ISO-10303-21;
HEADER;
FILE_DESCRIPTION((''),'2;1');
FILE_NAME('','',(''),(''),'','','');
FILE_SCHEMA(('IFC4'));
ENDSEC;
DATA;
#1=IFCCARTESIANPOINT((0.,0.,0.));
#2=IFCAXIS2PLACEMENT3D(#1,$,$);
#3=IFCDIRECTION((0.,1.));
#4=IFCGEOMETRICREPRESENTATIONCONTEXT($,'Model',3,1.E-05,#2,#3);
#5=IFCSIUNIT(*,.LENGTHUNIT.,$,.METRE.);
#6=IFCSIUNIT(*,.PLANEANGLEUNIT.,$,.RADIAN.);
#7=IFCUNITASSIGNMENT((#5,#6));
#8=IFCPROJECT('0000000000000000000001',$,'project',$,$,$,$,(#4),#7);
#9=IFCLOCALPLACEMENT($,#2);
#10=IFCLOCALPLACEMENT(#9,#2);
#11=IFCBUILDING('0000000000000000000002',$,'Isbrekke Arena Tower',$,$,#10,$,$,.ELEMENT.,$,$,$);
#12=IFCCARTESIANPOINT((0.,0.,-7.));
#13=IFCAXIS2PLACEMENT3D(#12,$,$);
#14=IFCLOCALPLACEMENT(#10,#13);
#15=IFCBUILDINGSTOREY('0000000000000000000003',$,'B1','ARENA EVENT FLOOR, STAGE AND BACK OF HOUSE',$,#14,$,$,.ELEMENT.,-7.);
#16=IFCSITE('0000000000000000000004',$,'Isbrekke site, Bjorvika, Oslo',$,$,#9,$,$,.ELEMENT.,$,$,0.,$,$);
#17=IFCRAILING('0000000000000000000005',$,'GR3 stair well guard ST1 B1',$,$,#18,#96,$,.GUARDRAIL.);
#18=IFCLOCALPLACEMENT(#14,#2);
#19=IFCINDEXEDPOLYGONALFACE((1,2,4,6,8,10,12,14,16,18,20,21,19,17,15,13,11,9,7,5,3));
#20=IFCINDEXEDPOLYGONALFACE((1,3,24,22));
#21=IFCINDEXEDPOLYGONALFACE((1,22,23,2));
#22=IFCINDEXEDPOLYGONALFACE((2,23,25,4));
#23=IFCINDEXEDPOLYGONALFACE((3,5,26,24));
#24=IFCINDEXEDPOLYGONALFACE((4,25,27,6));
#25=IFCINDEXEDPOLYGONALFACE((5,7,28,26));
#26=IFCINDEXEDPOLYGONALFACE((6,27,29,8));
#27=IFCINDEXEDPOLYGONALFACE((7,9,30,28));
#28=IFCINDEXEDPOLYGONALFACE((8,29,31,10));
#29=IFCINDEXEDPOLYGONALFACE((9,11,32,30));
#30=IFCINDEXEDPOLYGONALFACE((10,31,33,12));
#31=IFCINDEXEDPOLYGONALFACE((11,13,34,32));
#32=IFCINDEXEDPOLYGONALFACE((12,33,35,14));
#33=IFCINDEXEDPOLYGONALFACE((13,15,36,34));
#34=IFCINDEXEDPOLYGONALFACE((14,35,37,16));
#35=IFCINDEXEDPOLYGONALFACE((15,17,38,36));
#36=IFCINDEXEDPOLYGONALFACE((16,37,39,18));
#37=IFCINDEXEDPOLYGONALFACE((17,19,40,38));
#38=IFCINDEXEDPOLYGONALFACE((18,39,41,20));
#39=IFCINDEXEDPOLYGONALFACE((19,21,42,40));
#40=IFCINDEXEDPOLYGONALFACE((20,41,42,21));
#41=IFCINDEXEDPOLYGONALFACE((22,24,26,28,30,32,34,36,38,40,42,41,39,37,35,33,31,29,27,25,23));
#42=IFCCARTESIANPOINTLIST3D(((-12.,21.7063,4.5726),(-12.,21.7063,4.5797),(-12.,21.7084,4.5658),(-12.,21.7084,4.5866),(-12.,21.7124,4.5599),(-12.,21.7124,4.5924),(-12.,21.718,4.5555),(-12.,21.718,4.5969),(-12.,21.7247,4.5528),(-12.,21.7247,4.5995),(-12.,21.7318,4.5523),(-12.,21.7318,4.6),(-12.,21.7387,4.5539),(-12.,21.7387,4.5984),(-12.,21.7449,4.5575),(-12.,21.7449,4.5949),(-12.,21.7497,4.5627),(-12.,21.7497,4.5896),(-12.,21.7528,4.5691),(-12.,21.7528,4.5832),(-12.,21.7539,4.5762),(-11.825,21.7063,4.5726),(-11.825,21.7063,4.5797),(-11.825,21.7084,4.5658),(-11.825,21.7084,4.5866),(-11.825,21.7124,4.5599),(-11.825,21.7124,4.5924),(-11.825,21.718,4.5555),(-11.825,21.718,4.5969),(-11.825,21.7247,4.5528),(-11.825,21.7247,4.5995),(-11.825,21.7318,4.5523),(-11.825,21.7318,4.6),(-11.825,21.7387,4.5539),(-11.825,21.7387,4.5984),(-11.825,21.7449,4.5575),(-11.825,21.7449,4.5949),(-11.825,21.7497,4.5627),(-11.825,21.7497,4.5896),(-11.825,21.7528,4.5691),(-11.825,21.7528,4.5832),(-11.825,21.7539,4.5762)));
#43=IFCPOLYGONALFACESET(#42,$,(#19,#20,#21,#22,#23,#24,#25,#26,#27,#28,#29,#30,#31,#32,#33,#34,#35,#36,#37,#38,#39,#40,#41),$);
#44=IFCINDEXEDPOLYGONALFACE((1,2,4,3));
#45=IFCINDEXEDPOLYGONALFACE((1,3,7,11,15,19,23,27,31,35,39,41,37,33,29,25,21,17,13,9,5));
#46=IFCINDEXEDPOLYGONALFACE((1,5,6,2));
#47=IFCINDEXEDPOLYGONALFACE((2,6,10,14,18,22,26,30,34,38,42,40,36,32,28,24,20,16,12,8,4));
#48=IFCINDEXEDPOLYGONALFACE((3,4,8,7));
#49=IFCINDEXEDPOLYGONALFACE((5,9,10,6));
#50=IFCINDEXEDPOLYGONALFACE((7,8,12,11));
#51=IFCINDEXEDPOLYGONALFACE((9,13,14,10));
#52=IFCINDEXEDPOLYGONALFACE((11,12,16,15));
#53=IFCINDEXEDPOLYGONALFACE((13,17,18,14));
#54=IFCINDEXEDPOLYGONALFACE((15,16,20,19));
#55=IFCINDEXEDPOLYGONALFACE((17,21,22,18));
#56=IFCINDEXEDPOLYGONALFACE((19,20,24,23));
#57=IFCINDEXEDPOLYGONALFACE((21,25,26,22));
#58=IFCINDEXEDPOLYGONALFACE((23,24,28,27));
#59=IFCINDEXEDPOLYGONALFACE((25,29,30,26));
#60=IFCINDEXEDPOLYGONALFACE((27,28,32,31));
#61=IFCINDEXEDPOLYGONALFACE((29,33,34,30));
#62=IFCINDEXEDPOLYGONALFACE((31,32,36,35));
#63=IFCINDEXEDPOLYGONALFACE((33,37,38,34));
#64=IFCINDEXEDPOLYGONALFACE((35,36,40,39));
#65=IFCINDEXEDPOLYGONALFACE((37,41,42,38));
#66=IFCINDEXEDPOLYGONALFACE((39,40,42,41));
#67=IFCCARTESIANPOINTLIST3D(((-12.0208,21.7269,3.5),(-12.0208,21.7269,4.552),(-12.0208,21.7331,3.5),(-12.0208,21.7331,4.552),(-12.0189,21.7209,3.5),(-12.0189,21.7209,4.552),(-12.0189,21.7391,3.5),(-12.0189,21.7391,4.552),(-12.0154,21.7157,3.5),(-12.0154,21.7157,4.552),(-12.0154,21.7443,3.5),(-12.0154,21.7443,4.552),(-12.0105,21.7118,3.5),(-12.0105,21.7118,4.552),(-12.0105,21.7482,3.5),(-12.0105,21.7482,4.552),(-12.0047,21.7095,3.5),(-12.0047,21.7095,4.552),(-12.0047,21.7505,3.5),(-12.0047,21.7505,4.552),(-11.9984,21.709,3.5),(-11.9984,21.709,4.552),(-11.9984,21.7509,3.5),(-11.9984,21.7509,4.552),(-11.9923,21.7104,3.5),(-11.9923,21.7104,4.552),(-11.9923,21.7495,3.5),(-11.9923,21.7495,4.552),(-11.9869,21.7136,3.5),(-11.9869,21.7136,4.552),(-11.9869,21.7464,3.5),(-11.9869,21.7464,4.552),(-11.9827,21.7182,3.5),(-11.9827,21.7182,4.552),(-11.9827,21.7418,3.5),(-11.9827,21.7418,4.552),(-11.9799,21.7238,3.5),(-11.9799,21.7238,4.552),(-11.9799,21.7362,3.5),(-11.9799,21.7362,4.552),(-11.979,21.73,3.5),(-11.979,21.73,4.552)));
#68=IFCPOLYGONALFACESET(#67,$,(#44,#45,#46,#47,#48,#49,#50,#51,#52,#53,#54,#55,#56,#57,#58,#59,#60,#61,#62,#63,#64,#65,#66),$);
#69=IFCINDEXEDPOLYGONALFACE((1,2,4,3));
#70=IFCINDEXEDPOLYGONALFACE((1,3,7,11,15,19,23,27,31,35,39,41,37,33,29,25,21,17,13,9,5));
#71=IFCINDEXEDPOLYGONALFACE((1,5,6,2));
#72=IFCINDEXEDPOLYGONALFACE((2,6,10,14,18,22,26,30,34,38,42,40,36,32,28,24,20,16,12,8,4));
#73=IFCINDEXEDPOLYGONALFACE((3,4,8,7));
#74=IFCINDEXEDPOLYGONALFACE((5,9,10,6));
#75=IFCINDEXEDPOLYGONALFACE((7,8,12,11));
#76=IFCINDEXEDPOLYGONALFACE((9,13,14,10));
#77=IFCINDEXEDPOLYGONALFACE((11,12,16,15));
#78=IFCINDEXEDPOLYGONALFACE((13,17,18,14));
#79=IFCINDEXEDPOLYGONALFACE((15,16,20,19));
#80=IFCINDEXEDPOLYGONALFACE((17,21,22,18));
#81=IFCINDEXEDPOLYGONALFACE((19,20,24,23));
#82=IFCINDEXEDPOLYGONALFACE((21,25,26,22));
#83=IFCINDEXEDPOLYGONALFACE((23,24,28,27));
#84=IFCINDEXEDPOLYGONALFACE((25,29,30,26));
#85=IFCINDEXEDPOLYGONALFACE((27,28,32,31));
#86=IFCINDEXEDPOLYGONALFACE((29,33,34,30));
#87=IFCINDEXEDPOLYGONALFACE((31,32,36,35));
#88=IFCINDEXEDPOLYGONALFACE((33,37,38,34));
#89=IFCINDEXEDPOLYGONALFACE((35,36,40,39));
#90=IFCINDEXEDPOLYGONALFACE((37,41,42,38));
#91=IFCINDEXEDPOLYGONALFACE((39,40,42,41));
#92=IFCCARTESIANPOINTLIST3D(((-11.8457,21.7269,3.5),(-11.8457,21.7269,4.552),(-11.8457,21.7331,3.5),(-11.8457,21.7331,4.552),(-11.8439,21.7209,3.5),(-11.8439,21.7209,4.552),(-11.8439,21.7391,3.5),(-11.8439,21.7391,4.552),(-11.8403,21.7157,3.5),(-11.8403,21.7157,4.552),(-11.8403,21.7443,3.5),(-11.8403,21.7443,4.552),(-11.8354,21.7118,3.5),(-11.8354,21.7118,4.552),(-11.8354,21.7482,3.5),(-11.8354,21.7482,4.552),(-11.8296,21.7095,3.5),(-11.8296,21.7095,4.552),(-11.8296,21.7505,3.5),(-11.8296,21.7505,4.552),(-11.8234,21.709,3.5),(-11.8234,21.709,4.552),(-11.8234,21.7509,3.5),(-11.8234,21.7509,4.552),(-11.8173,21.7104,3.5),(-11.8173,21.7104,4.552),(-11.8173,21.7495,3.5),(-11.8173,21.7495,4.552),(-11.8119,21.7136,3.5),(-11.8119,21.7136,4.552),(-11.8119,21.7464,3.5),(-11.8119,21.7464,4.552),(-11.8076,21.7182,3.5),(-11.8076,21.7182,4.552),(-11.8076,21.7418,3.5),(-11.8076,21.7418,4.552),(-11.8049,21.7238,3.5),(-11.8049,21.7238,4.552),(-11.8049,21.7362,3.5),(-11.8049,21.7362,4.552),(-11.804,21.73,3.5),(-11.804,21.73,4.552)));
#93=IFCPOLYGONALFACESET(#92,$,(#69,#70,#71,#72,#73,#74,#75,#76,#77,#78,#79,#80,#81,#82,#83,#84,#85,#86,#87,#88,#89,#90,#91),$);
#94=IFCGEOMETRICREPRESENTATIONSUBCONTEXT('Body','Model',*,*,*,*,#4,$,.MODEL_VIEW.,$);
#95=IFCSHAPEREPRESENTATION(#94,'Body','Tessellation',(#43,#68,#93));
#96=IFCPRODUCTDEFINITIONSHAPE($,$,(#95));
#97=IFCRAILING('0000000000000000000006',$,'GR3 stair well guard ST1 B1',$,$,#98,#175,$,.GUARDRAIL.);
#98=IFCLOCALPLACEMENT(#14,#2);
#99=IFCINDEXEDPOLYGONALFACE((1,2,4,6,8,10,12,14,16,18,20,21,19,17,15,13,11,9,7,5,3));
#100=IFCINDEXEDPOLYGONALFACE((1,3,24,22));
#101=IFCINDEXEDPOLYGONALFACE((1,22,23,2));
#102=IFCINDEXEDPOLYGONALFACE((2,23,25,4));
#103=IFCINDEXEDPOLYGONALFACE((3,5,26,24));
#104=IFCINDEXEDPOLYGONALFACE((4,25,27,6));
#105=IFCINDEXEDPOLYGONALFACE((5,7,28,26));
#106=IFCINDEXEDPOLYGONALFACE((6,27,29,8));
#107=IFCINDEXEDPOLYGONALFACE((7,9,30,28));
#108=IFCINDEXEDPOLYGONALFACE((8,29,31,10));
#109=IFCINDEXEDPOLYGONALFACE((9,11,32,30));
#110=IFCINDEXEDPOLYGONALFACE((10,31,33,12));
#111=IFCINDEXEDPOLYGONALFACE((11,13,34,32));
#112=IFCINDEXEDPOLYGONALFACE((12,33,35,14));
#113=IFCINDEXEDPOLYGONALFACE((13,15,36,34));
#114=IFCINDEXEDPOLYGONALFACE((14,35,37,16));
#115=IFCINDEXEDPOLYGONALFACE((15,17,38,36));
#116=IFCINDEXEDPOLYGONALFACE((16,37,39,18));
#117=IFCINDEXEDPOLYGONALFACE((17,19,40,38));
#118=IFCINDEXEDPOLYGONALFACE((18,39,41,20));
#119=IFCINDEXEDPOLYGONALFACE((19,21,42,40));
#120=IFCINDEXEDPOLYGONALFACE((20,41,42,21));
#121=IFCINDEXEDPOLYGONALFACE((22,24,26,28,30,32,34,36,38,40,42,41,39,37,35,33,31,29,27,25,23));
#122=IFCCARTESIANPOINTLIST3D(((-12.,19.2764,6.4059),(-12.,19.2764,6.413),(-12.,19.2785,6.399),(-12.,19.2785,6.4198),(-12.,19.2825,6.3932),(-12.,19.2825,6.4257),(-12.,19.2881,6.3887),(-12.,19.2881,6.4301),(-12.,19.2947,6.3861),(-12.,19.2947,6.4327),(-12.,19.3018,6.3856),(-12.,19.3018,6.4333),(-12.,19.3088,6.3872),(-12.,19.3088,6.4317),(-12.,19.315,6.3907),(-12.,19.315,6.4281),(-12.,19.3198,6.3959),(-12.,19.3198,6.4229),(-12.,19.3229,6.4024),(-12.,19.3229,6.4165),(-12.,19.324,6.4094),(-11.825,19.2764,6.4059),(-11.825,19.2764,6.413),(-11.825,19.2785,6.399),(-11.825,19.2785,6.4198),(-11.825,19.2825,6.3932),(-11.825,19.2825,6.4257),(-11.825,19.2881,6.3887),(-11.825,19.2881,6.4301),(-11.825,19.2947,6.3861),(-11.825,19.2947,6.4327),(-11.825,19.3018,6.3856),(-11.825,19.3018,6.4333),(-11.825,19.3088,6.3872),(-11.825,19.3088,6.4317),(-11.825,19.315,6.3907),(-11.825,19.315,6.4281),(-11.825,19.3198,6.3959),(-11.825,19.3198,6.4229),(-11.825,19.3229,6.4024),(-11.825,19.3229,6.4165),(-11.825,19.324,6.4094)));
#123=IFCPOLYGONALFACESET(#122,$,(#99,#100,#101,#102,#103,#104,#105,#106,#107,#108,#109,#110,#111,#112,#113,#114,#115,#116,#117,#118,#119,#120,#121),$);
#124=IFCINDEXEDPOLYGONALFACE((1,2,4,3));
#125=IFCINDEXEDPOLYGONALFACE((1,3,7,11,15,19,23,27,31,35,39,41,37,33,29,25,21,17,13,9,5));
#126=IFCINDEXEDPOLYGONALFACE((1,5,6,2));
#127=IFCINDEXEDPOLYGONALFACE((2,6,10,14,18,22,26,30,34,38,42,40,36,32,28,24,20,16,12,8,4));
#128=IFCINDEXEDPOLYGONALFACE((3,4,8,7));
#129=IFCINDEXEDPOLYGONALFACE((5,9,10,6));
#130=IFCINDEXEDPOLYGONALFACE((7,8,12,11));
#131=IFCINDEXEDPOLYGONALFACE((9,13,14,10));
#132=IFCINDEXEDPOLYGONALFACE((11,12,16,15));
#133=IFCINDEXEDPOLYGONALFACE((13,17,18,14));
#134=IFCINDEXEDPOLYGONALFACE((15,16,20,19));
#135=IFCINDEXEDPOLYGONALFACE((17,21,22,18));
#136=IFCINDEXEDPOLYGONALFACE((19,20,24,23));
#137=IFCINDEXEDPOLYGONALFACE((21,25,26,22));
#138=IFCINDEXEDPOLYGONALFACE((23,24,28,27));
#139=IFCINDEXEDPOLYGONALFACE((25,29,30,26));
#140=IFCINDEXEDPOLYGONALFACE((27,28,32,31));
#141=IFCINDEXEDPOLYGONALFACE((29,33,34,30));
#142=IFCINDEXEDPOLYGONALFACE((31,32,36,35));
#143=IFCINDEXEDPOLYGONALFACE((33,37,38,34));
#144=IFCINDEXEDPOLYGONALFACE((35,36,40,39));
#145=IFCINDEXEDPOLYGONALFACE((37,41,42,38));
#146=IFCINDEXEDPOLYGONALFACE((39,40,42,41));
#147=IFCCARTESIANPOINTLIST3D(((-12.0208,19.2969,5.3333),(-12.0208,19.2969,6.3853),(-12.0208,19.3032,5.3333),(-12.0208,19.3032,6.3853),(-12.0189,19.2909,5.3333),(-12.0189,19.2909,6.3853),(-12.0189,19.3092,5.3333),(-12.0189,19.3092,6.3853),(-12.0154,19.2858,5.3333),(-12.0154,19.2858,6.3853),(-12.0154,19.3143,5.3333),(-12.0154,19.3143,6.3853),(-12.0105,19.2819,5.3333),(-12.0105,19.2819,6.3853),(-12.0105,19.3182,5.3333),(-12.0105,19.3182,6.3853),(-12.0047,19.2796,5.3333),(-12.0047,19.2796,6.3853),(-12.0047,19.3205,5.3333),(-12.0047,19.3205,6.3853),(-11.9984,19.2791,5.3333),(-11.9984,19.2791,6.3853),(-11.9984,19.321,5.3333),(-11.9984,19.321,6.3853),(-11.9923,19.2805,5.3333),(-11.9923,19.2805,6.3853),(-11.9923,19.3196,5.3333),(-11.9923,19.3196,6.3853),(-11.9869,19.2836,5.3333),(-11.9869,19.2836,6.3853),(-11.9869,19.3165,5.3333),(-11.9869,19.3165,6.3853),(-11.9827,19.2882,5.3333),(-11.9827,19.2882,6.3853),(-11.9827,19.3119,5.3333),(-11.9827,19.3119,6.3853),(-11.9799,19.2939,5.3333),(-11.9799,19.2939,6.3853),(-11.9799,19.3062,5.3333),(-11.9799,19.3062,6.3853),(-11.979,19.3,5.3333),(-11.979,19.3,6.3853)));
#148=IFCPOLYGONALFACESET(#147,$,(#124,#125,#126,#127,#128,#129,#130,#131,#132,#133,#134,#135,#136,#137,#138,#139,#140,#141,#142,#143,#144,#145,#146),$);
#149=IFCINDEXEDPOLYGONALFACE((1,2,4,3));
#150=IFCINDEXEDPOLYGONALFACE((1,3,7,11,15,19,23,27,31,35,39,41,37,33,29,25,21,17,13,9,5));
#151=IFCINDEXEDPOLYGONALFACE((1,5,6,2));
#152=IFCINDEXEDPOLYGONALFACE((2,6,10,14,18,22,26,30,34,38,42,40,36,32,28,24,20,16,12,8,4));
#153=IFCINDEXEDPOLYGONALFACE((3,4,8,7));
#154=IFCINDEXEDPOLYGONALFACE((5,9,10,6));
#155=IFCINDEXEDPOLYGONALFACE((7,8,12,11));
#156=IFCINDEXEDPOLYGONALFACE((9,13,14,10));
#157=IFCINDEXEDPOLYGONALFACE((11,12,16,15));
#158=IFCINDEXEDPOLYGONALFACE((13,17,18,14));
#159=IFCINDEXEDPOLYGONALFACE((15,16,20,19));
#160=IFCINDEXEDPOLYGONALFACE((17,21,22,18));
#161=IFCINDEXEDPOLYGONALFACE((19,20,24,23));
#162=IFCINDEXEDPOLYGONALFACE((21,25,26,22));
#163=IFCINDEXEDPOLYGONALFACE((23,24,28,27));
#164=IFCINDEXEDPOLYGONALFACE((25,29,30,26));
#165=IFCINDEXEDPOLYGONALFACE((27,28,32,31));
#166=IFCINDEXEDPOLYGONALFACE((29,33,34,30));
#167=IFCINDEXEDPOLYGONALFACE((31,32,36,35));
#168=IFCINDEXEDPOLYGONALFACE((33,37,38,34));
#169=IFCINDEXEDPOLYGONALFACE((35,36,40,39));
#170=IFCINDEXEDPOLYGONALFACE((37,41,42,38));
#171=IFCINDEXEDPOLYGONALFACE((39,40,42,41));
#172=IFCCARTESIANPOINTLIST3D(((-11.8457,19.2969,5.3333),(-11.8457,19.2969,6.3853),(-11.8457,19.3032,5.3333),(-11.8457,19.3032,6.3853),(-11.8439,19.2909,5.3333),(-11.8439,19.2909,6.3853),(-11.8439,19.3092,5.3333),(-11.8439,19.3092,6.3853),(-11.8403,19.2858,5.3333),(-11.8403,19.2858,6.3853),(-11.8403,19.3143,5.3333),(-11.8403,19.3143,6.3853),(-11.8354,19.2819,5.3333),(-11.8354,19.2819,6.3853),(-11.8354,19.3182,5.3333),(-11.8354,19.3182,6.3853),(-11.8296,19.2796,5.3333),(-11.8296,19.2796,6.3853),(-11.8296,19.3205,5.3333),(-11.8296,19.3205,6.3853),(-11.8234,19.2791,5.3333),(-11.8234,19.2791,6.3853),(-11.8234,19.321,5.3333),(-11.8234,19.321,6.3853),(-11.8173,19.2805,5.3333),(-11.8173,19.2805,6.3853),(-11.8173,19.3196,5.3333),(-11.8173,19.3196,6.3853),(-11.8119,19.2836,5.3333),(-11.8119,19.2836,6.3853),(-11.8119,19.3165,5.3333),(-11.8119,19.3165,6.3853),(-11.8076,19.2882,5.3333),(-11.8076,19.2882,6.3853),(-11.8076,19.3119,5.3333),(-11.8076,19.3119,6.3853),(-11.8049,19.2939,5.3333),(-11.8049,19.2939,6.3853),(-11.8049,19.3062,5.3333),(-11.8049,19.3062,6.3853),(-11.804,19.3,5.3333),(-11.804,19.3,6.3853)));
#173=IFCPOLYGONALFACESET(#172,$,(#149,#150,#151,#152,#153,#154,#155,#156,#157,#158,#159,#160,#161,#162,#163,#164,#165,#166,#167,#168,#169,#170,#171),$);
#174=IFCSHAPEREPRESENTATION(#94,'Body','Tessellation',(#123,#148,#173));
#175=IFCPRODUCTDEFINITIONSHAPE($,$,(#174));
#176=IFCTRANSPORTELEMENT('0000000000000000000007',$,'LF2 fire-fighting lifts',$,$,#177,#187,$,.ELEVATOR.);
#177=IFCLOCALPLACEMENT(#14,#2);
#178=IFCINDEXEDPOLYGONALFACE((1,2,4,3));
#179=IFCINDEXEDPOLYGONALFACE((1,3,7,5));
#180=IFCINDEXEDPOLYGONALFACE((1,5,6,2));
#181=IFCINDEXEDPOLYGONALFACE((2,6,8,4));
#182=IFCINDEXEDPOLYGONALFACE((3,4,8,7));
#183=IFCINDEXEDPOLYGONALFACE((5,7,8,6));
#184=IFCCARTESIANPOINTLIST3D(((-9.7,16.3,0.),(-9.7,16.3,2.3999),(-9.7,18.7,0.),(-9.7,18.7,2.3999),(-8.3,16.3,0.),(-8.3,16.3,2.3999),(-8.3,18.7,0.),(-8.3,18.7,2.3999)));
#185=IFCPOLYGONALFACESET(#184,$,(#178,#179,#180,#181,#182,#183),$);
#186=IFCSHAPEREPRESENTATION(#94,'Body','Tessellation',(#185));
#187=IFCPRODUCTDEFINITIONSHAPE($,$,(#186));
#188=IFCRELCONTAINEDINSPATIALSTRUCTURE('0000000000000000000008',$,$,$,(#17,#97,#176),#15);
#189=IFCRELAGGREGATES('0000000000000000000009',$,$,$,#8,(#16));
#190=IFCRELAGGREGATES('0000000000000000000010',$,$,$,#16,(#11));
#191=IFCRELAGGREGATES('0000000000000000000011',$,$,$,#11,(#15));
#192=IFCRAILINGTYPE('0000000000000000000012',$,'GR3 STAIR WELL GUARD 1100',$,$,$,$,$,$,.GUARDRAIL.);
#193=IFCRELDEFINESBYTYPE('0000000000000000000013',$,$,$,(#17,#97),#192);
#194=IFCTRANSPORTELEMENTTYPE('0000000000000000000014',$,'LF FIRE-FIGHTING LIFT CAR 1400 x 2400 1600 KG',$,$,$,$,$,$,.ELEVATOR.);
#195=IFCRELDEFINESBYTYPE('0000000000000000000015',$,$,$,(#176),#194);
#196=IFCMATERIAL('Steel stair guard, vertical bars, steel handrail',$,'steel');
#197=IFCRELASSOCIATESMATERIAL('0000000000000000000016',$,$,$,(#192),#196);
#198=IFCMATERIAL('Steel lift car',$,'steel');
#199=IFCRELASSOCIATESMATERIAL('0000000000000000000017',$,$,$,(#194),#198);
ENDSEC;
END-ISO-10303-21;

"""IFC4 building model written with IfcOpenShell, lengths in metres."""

from ifc_helpers import new_model, si_unit, direction, frame, origin, origin_2d, place, context, subcontext, project, spatial, rectangle, circle, extrude, material, type_object, element, save


model = new_model("IFC4")

# Units and contexts
model_context = context("Model", 3, precision=1e-05, world=origin(), true_north=direction((0.0, 1.0)))
body_context = subcontext(model_context, "Body", "Model", "MODEL_VIEW")
ifc_project = project(units=[si_unit("LENGTHUNIT", "METRE"), si_unit("PLANEANGLEUNIT", "RADIAN")], contexts=[model_context])

# Site, building, storey
site_placement = place(None, origin())
site = spatial("IfcSite", under=ifc_project, at=site_placement, Name="Isbrekke site, Bjorvika, Oslo", CompositionType="ELEMENT", RefElevation=0.0)
building_placement = place(site_placement, origin())
building = spatial("IfcBuilding", under=site, at=building_placement, Name="Isbrekke Arena Tower", CompositionType="ELEMENT")
storey_placement = place(building_placement, frame((0.0, 0.0, -7.0)))
storey = spatial("IfcBuildingStorey", under=building, at=storey_placement, Name="B1", Description="ARENA EVENT FLOOR, STAGE AND BACK OF HOUSE", CompositionType="ELEMENT", Elevation=-7.0)

# Railings
ifc_material_1 = material(Name="Steel stair guard, vertical bars, steel handrail", Category="steel")
railing_type = type_object("IfcRailingType", Name="GR3 STAIR WELL GUARD 1100", PredefinedType="GUARDRAIL", material=ifc_material_1)
for number, where, name in (
    (1, (-12.0, 21.73, 3.5), "GR3 stair well guard ST1 B1"),
    (2, (-12.0, 19.3, 5.3333), "GR3 stair well guard ST1 B1"),
):
    element("IfcRailing", number, at=place(storey_placement, frame(where)), inside=storey, type_object=railing_type, Name=name, PredefinedType="GUARDRAIL", context=body_context, shape_type="SweptSolid", body=[
        extrude(circle(Radius=0.0239, at=origin_2d()), frame((0.0, 0.0, 1.0762), z_axis=(1.0, 0.0, 0.0), x_axis=(0.0, 1.0, 0.0)), (0.0, 0.0, 1.0), 0.175),
        extrude(circle(Radius=0.021, at=origin_2d()), origin(), (0.0, 0.0, 1.0), 1.052),
        extrude(circle(Radius=0.021, at=origin_2d()), frame((0.175, 0.0, 0.0)), (0.0, 0.0, 1.0), 1.052),
    ])

# Transport element
ifc_material_2 = material(Name="Steel lift car", Category="steel")
transport_element_type = type_object("IfcTransportElementType", Name="LF FIRE-FIGHTING LIFT CAR 1400 x 2400 1600 KG", PredefinedType="ELEVATOR", material=ifc_material_2)
transport_element_placement = place(storey_placement, frame((-9.0, 17.5, 0.0), z_axis=(0.0, 0.0, 1.0), x_axis=(1.0, 0.0, 0.0)))
element("IfcTransportElement", 3, at=transport_element_placement, inside=storey, type_object=transport_element_type, Name="LF2 fire-fighting lifts", PredefinedType="ELEVATOR", context=body_context, shape_type="SweptSolid", body=[
    extrude(rectangle(XDim=1.3999, YDim=2.3999, at=origin_2d()), origin(), (0.0, 0.0, 1.0), 2.3999),
])

save(model, "model.ifc")
